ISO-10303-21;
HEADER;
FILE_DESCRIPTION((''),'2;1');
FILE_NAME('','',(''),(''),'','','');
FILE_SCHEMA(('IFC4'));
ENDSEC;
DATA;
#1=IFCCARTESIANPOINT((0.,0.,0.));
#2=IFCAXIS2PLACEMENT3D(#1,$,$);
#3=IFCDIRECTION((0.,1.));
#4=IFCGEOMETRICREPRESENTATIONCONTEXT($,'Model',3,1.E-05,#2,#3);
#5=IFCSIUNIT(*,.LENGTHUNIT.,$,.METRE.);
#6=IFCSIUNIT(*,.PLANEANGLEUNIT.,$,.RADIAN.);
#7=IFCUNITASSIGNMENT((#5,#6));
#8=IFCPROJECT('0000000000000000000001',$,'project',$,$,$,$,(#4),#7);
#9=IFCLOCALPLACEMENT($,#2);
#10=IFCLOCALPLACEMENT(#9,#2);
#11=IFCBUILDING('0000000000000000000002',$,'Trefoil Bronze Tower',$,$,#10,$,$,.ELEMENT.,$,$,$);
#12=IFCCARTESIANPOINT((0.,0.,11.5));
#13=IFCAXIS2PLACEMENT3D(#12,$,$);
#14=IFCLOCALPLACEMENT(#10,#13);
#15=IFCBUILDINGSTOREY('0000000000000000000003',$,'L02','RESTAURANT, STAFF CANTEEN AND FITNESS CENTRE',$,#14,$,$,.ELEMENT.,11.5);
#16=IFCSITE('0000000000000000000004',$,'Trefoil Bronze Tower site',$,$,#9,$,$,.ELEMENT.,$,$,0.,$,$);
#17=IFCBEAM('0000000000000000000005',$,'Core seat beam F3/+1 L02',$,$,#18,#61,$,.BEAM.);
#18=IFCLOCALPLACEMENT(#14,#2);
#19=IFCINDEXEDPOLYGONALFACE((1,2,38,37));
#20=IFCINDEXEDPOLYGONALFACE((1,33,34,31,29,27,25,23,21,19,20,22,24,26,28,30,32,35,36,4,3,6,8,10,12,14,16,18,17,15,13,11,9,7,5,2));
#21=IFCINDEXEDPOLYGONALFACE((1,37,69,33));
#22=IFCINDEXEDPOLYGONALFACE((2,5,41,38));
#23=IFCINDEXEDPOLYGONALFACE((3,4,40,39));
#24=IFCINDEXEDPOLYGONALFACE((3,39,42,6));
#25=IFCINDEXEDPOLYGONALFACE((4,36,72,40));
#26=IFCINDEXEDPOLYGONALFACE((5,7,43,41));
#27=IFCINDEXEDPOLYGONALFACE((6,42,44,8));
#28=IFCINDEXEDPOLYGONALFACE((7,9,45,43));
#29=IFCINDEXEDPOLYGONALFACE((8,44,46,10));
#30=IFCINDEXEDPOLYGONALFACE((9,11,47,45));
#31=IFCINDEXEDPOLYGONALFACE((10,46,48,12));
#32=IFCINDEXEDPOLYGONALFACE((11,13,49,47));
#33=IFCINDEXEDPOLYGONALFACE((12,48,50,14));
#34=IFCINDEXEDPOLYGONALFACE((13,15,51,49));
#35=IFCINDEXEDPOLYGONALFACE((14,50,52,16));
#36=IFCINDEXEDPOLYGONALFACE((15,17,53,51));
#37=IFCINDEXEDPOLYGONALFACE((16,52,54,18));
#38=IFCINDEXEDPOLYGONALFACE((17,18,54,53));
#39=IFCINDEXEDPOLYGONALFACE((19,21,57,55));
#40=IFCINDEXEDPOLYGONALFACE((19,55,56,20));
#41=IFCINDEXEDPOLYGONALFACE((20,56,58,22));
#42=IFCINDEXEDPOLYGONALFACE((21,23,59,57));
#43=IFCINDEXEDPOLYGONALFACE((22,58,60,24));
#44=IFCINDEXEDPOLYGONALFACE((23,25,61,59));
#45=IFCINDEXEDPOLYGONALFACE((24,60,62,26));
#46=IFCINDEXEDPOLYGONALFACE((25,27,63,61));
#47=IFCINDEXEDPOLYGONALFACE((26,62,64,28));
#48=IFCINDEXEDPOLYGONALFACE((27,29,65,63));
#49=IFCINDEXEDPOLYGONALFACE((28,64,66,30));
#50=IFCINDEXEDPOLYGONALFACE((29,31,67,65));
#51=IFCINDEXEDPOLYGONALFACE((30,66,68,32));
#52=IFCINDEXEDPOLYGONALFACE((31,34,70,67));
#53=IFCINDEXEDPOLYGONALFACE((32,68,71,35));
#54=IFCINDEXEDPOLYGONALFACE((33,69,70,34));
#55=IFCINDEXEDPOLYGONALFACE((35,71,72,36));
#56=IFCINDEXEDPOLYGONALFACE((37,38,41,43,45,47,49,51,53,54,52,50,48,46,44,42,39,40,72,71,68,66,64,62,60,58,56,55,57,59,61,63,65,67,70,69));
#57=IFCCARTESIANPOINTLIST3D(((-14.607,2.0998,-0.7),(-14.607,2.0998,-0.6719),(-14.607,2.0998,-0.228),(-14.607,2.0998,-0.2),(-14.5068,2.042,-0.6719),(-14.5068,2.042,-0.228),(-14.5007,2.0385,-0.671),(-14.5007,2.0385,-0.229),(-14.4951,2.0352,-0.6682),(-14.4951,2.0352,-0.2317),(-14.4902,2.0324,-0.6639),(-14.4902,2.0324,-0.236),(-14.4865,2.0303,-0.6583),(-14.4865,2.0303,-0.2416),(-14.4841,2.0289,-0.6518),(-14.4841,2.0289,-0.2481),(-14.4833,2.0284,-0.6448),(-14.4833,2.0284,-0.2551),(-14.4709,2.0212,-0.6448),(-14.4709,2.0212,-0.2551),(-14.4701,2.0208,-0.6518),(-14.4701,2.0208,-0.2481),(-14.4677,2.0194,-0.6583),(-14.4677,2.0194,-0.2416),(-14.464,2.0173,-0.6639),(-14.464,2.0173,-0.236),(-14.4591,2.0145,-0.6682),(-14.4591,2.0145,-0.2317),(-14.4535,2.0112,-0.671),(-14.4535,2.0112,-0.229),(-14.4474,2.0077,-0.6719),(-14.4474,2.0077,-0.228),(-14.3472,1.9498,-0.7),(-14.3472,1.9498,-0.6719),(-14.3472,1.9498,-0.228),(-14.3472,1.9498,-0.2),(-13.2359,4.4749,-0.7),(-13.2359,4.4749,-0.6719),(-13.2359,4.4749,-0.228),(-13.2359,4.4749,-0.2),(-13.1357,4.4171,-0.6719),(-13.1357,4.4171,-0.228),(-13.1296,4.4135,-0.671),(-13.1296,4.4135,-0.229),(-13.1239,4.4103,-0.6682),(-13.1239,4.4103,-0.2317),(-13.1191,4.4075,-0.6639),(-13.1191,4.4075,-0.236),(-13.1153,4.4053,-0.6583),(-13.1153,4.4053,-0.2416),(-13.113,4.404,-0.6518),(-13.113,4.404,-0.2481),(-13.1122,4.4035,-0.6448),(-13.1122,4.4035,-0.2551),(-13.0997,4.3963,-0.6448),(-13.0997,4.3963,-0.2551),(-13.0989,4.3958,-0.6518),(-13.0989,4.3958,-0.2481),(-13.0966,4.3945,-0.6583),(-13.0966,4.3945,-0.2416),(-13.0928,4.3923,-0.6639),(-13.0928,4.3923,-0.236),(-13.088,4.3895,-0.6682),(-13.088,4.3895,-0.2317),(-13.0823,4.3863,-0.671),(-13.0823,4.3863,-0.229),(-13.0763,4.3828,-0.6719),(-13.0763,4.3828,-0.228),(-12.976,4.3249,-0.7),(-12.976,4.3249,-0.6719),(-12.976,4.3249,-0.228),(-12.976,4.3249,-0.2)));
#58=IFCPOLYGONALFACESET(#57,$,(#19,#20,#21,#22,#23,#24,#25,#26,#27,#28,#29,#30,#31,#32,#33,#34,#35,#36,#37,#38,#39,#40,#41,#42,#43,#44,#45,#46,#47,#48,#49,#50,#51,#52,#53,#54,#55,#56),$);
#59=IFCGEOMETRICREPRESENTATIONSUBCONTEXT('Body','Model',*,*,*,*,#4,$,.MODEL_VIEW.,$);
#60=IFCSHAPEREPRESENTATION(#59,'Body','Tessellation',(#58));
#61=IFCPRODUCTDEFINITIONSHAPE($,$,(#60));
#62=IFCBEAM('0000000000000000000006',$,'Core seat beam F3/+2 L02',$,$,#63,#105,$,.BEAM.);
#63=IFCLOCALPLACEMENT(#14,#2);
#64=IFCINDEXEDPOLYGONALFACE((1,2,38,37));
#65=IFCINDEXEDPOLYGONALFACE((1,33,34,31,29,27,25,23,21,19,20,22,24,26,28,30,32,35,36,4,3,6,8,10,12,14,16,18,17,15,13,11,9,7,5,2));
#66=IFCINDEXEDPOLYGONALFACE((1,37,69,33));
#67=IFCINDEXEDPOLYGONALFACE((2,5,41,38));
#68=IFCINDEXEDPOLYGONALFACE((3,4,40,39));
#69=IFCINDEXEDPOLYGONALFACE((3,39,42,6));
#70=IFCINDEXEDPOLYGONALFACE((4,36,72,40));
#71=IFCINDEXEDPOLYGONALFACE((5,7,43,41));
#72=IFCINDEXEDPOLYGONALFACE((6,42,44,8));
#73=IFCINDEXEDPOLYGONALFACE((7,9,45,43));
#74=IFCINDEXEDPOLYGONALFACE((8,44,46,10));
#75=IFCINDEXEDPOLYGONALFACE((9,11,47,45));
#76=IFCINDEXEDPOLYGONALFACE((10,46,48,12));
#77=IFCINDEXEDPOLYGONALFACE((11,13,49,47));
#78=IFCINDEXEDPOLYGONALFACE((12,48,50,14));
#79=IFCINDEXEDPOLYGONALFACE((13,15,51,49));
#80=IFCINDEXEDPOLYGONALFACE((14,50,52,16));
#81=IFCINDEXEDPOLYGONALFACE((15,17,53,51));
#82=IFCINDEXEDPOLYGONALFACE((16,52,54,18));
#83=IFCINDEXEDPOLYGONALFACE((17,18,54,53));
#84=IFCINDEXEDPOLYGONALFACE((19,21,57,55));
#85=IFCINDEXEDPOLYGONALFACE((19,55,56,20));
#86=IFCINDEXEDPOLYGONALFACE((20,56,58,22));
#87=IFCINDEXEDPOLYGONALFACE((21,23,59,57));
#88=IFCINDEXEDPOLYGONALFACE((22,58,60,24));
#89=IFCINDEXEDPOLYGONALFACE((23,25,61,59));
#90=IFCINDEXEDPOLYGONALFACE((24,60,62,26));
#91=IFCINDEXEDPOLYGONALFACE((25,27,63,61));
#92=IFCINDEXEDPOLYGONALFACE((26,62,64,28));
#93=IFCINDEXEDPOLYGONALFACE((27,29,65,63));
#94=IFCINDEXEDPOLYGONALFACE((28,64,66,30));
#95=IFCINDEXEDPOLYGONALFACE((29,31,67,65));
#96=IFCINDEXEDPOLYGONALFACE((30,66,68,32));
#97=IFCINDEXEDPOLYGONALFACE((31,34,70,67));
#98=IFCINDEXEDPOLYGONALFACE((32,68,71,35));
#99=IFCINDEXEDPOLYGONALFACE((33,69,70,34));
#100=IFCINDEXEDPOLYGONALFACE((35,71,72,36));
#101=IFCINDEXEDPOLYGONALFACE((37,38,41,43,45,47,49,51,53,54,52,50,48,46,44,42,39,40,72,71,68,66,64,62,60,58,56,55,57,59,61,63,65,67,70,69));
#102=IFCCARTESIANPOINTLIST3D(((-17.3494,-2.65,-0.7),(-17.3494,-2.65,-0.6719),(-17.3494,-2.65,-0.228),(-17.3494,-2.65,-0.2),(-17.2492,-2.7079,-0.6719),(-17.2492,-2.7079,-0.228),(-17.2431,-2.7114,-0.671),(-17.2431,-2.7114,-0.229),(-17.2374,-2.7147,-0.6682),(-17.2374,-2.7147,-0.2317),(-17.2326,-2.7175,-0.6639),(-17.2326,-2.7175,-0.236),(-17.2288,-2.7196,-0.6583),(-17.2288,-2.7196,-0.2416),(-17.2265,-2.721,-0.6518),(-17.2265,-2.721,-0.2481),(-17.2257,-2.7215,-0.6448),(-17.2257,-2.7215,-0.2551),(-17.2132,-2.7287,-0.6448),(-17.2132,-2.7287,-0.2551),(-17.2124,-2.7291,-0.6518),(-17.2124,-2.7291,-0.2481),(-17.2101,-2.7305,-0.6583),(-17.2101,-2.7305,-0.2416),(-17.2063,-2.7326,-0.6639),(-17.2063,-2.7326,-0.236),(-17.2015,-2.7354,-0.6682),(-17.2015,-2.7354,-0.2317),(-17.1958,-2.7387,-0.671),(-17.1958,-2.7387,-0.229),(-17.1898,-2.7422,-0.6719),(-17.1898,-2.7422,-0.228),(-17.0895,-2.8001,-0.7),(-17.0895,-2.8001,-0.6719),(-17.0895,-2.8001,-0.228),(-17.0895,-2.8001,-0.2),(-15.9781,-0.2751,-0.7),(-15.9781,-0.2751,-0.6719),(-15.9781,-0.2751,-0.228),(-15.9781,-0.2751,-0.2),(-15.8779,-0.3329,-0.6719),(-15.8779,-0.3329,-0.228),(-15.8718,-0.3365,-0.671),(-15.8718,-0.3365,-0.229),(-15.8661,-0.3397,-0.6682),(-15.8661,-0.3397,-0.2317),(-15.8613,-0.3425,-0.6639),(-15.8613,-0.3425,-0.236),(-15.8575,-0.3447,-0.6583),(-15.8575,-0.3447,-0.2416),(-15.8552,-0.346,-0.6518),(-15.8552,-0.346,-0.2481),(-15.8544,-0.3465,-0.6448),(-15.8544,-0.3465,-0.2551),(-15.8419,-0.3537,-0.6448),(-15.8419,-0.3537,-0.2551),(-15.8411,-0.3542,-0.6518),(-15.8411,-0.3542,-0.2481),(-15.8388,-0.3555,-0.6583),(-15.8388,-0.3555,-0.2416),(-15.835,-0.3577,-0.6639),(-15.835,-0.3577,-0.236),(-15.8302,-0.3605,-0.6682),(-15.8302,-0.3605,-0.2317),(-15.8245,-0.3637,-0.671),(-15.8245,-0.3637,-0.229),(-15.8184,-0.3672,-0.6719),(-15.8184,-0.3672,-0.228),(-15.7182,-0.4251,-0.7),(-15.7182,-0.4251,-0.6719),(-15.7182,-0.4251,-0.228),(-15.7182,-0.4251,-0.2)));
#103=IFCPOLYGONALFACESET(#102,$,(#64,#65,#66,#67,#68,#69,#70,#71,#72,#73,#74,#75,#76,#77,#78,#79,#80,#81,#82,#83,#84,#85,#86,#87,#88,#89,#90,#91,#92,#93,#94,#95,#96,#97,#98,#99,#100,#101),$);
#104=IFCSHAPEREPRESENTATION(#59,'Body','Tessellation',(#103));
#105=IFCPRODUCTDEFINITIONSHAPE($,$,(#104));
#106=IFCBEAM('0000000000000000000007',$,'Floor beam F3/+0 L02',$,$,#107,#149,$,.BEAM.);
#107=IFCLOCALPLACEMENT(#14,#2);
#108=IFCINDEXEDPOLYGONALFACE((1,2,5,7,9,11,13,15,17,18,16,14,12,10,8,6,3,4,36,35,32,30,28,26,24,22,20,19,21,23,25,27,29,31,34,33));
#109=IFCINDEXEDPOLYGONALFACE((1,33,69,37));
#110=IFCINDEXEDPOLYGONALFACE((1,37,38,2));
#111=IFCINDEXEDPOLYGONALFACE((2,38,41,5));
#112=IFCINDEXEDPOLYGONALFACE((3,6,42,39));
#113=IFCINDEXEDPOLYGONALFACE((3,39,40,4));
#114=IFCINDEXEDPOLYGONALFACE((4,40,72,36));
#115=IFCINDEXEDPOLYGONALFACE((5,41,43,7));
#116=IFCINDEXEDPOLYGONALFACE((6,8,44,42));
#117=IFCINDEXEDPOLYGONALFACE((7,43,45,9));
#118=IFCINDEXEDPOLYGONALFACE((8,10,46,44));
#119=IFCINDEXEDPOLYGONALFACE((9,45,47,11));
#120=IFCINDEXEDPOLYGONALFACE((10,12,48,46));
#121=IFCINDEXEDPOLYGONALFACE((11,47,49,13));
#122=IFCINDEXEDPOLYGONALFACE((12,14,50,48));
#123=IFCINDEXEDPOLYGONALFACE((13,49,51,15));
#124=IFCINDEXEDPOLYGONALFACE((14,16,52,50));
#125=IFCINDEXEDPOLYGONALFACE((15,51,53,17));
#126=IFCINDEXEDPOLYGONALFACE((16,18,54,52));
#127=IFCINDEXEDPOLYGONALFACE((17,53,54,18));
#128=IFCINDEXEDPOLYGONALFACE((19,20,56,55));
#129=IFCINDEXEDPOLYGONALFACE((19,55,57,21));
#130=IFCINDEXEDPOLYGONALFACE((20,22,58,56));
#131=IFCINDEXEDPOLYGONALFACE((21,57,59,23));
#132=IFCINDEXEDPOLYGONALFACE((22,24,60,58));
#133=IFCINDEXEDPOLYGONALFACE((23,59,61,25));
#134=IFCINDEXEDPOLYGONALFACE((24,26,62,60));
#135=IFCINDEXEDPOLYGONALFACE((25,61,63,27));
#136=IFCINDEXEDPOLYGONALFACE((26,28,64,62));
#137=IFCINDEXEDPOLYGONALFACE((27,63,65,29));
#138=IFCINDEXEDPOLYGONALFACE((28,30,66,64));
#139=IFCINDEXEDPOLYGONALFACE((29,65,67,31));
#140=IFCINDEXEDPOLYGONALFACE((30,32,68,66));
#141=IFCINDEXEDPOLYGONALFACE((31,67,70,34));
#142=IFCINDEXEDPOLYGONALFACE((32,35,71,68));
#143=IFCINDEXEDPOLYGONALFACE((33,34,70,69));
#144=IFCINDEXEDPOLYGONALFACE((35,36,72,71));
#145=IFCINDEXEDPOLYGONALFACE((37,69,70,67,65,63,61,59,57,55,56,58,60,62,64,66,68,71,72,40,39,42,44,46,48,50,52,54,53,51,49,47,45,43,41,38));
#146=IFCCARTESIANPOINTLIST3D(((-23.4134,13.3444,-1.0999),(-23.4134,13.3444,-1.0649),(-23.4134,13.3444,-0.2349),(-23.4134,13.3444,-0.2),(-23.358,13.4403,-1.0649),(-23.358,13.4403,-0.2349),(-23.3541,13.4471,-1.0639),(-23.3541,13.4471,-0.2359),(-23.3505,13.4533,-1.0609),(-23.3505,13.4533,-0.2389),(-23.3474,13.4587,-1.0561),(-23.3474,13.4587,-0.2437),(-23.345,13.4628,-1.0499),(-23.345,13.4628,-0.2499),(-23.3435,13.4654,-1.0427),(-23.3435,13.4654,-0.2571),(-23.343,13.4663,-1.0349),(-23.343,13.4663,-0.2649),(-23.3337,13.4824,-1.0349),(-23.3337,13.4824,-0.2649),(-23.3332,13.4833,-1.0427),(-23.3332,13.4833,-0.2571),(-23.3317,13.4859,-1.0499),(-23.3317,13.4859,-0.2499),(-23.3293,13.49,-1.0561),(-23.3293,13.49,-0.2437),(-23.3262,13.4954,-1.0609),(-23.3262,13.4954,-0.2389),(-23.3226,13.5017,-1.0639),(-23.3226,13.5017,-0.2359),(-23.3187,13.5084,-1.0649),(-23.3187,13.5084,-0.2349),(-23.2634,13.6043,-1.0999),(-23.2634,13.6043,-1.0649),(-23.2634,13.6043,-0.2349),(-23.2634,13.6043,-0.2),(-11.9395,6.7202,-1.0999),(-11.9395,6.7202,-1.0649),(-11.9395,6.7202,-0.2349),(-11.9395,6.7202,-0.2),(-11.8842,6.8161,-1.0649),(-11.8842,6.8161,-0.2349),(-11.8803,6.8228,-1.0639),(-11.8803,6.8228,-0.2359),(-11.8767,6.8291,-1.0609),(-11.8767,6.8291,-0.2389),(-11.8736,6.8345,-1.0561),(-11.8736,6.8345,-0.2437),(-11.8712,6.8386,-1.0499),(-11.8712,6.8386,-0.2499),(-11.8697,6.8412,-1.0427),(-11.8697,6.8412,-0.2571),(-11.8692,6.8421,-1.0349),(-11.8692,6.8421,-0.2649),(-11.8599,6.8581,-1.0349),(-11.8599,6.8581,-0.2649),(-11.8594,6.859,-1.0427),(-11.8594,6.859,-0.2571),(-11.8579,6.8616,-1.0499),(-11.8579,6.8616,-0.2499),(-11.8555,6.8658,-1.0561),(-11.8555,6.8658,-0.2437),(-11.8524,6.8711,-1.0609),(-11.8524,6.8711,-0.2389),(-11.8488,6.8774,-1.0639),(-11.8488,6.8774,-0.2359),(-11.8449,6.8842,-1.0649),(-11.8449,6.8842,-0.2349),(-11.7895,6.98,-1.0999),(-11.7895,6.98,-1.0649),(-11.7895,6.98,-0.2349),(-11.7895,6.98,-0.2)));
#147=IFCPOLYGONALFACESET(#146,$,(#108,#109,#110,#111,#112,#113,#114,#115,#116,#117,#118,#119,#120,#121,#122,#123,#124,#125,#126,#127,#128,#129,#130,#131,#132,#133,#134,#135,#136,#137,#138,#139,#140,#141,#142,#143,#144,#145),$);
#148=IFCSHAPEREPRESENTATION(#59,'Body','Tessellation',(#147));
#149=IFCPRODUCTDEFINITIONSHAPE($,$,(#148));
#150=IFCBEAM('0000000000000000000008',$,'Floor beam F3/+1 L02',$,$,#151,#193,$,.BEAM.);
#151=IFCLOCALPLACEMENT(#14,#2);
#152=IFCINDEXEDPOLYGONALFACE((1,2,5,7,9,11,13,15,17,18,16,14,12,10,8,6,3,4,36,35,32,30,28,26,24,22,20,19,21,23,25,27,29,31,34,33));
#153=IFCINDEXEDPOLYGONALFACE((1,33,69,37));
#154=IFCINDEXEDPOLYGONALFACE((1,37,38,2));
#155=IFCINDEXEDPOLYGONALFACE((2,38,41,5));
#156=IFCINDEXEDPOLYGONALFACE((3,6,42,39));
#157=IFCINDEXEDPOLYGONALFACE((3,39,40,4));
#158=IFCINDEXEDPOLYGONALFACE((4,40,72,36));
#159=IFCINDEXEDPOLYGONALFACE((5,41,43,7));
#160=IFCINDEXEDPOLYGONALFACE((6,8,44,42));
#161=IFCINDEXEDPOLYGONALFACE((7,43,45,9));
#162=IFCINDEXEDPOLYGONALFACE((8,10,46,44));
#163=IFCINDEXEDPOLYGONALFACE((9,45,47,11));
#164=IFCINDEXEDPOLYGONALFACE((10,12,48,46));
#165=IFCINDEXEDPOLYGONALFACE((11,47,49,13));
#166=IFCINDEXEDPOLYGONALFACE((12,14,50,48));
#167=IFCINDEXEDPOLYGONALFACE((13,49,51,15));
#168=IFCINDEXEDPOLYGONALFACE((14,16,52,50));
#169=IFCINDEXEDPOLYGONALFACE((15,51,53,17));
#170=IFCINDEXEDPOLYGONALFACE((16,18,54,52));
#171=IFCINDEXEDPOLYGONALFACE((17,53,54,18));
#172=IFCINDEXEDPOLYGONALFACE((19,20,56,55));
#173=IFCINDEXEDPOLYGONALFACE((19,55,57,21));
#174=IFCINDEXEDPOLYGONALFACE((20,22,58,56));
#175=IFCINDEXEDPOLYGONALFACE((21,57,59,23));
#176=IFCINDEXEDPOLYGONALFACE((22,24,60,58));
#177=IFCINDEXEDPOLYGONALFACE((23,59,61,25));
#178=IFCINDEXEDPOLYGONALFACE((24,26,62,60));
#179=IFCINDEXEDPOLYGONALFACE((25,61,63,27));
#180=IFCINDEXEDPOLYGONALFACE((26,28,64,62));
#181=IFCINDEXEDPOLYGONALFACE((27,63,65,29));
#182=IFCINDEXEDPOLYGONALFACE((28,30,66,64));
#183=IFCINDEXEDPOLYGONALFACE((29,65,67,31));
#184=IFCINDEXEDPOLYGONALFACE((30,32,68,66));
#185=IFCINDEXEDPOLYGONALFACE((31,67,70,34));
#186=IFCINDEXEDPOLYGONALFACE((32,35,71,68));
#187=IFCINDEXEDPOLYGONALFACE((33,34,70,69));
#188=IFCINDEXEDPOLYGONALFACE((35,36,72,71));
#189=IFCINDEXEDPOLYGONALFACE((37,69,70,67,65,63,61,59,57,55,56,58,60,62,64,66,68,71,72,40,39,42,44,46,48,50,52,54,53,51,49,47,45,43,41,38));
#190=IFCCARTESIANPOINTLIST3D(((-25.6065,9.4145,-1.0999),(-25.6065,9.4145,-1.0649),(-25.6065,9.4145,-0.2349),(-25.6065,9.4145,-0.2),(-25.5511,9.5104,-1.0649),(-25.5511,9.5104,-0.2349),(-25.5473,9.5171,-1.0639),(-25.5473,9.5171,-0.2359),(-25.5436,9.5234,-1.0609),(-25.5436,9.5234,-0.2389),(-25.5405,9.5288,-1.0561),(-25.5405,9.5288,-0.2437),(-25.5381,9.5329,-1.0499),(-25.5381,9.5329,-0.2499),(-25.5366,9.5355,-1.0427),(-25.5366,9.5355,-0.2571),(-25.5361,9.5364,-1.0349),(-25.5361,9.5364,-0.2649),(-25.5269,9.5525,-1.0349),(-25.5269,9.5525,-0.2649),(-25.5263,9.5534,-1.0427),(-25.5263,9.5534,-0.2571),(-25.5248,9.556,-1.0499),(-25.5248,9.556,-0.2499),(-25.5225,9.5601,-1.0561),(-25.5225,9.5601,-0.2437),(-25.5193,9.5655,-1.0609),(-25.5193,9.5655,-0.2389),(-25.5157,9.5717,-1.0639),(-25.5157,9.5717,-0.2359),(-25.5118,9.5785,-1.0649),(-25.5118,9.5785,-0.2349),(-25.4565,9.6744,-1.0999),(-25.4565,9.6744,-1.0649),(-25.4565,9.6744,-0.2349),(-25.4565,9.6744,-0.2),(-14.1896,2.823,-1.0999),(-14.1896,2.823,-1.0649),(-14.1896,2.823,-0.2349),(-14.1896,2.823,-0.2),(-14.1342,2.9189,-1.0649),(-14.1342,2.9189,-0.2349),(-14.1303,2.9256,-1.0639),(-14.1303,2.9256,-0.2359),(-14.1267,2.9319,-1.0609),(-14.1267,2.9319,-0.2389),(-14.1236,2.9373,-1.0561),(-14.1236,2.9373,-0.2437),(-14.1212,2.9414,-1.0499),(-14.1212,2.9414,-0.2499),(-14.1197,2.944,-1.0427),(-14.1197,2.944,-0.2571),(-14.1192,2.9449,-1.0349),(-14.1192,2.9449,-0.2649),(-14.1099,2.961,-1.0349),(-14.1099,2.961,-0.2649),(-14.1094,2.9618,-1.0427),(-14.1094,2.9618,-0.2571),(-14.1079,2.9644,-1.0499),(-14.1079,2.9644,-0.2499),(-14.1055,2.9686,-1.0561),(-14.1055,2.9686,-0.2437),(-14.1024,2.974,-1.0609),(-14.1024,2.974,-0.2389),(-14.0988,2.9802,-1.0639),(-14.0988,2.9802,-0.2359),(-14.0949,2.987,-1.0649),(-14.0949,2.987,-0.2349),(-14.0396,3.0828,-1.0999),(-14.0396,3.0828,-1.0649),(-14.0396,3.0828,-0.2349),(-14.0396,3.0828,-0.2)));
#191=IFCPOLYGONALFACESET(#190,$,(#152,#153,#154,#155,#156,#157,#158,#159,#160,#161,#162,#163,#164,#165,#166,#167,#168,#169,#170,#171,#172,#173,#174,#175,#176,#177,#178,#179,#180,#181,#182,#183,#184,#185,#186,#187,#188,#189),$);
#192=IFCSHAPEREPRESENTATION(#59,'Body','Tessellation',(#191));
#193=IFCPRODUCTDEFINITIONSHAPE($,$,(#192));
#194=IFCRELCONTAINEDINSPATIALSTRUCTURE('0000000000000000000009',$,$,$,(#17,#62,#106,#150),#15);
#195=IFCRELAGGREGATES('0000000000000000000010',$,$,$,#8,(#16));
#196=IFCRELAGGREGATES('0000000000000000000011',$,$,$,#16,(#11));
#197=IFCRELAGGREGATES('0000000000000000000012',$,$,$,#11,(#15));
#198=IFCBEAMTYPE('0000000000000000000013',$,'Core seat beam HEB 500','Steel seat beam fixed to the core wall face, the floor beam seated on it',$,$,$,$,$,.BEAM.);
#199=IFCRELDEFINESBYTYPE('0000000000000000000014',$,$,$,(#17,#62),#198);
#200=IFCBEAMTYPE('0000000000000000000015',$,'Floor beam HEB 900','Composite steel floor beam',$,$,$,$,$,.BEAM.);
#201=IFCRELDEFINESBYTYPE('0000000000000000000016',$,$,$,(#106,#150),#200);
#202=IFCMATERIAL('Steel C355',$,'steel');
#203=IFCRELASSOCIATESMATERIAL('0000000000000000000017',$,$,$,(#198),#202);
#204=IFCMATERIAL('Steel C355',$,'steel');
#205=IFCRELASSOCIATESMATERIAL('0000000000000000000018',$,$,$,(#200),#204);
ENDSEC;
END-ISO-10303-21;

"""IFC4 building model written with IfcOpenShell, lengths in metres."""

from ifc_helpers import new_model, si_unit, direction, frame, origin, origin_2d, place, context, subcontext, project, spatial, i_section, extrude, material, material_profile, profile_set, type_object, element, save


model = new_model("IFC4")

# Units and contexts
model_context = context("Model", 3, precision=1e-05, world=origin(), true_north=direction((0.0, 1.0)))
body_context = subcontext(model_context, "Body", "Model", "MODEL_VIEW")
ifc_project = project(units=[si_unit("LENGTHUNIT", "METRE"), si_unit("PLANEANGLEUNIT", "RADIAN")], contexts=[model_context])

# Site, building, storey
site_placement = place(None, origin())
site = spatial("IfcSite", under=ifc_project, at=site_placement, Name="Trefoil Bronze Tower site", CompositionType="ELEMENT", RefElevation=0.0)
building_placement = place(site_placement, origin())
building = spatial("IfcBuilding", under=site, at=building_placement, Name="Trefoil Bronze Tower", CompositionType="ELEMENT")
storey_placement = place(building_placement, frame((0.0, 0.0, 11.5)))
storey = spatial("IfcBuildingStorey", under=building, at=storey_placement, Name="L02", Description="RESTAURANT, STAFF CANTEEN AND FITNESS CENTRE", CompositionType="ELEMENT", Elevation=11.5)

# Beams
ifc_material_1 = material(Name="Steel C355", Category="steel")
ifc_material_profile_1 = material_profile(ifc_material_1, i_section(OverallWidth=0.3, OverallDepth=0.5, WebThickness=0.0144, FlangeThickness=0.0281, FilletRadius=0.0271, at=origin_2d()), Name="HEB 500")
ifc_profile_set_1 = profile_set([ifc_material_profile_1], Name="Steel C355")
beam_type_1 = type_object("IfcBeamType", Name="Core seat beam HEB 500", Description="Steel seat beam fixed to the core wall face, the floor beam seated on it", PredefinedType="BEAM", material=ifc_profile_set_1)
for number, where, z_axis, x_axis, name in (
    (1, (-13.106, 4.3999, -0.45), (-0.499969, -0.866043, 0.0), (0.866043, -0.499969, 0.0), "Core seat beam F3/+1 L02"),
    (2, (-15.8481, -0.3501, -0.45), (-0.500036, -0.866005, 0.0), (0.866005, -0.500036, 0.0), "Core seat beam F3/+2 L02"),
):
    element("IfcBeam", number, at=place(storey_placement, frame(where, z_axis=z_axis, x_axis=x_axis)), inside=storey, type_object=beam_type_1, Name=name, PredefinedType="BEAM", context=body_context, shape_type="SweptSolid", body=[
        extrude(i_section(OverallWidth=0.3, OverallDepth=0.5, WebThickness=0.0144, FlangeThickness=0.0281, FilletRadius=0.0271, at=origin_2d()), origin(), (0.0, 0.0, 1.0), 2.7424),
    ])
ifc_material_2 = material(Name="Steel C355", Category="steel")
ifc_material_profile_2 = material_profile(ifc_material_2, i_section(OverallWidth=0.3, OverallDepth=0.8999, WebThickness=0.0186, FlangeThickness=0.0349, FilletRadius=0.03, at=origin_2d()), Name="HEB 900")
ifc_profile_set_2 = profile_set([ifc_material_profile_2], Name="Steel C355")
beam_type_2 = type_object("IfcBeamType", Name="Floor beam HEB 900", Description="Composite steel floor beam", PredefinedType="BEAM", material=ifc_profile_set_2)
beam_1_placement = place(storey_placement, frame((-23.3384, 13.4744, -0.6499), z_axis=(0.866031, -0.49999, 0.0), x_axis=(0.49999, 0.866031, 0.0)))
element("IfcBeam", 3, at=beam_1_placement, inside=storey, type_object=beam_type_2, Name="Floor beam F3/+0 L02", PredefinedType="BEAM", context=body_context, shape_type="SweptSolid", body=[
    extrude(i_section(OverallWidth=0.3, OverallDepth=0.8999, WebThickness=0.0186, FlangeThickness=0.0349, FilletRadius=0.03, at=origin_2d()), origin(), (0.0, 0.0, 1.0), 13.2488),
])
beam_2_placement = place(storey_placement, frame((-25.5315, 9.5444, -0.6499), z_axis=(0.866027, -0.499997, 0.0), x_axis=(0.499997, 0.866027, 0.0)))
element("IfcBeam", 4, at=beam_2_placement, inside=storey, type_object=beam_type_2, Name="Floor beam F3/+1 L02", PredefinedType="BEAM", context=body_context, shape_type="SweptSolid", body=[
    extrude(i_section(OverallWidth=0.3, OverallDepth=0.8999, WebThickness=0.0186, FlangeThickness=0.0349, FilletRadius=0.03, at=origin_2d()), origin(), (0.0, 0.0, 1.0), 13.1831),
])

save(model, "model.ifc")
